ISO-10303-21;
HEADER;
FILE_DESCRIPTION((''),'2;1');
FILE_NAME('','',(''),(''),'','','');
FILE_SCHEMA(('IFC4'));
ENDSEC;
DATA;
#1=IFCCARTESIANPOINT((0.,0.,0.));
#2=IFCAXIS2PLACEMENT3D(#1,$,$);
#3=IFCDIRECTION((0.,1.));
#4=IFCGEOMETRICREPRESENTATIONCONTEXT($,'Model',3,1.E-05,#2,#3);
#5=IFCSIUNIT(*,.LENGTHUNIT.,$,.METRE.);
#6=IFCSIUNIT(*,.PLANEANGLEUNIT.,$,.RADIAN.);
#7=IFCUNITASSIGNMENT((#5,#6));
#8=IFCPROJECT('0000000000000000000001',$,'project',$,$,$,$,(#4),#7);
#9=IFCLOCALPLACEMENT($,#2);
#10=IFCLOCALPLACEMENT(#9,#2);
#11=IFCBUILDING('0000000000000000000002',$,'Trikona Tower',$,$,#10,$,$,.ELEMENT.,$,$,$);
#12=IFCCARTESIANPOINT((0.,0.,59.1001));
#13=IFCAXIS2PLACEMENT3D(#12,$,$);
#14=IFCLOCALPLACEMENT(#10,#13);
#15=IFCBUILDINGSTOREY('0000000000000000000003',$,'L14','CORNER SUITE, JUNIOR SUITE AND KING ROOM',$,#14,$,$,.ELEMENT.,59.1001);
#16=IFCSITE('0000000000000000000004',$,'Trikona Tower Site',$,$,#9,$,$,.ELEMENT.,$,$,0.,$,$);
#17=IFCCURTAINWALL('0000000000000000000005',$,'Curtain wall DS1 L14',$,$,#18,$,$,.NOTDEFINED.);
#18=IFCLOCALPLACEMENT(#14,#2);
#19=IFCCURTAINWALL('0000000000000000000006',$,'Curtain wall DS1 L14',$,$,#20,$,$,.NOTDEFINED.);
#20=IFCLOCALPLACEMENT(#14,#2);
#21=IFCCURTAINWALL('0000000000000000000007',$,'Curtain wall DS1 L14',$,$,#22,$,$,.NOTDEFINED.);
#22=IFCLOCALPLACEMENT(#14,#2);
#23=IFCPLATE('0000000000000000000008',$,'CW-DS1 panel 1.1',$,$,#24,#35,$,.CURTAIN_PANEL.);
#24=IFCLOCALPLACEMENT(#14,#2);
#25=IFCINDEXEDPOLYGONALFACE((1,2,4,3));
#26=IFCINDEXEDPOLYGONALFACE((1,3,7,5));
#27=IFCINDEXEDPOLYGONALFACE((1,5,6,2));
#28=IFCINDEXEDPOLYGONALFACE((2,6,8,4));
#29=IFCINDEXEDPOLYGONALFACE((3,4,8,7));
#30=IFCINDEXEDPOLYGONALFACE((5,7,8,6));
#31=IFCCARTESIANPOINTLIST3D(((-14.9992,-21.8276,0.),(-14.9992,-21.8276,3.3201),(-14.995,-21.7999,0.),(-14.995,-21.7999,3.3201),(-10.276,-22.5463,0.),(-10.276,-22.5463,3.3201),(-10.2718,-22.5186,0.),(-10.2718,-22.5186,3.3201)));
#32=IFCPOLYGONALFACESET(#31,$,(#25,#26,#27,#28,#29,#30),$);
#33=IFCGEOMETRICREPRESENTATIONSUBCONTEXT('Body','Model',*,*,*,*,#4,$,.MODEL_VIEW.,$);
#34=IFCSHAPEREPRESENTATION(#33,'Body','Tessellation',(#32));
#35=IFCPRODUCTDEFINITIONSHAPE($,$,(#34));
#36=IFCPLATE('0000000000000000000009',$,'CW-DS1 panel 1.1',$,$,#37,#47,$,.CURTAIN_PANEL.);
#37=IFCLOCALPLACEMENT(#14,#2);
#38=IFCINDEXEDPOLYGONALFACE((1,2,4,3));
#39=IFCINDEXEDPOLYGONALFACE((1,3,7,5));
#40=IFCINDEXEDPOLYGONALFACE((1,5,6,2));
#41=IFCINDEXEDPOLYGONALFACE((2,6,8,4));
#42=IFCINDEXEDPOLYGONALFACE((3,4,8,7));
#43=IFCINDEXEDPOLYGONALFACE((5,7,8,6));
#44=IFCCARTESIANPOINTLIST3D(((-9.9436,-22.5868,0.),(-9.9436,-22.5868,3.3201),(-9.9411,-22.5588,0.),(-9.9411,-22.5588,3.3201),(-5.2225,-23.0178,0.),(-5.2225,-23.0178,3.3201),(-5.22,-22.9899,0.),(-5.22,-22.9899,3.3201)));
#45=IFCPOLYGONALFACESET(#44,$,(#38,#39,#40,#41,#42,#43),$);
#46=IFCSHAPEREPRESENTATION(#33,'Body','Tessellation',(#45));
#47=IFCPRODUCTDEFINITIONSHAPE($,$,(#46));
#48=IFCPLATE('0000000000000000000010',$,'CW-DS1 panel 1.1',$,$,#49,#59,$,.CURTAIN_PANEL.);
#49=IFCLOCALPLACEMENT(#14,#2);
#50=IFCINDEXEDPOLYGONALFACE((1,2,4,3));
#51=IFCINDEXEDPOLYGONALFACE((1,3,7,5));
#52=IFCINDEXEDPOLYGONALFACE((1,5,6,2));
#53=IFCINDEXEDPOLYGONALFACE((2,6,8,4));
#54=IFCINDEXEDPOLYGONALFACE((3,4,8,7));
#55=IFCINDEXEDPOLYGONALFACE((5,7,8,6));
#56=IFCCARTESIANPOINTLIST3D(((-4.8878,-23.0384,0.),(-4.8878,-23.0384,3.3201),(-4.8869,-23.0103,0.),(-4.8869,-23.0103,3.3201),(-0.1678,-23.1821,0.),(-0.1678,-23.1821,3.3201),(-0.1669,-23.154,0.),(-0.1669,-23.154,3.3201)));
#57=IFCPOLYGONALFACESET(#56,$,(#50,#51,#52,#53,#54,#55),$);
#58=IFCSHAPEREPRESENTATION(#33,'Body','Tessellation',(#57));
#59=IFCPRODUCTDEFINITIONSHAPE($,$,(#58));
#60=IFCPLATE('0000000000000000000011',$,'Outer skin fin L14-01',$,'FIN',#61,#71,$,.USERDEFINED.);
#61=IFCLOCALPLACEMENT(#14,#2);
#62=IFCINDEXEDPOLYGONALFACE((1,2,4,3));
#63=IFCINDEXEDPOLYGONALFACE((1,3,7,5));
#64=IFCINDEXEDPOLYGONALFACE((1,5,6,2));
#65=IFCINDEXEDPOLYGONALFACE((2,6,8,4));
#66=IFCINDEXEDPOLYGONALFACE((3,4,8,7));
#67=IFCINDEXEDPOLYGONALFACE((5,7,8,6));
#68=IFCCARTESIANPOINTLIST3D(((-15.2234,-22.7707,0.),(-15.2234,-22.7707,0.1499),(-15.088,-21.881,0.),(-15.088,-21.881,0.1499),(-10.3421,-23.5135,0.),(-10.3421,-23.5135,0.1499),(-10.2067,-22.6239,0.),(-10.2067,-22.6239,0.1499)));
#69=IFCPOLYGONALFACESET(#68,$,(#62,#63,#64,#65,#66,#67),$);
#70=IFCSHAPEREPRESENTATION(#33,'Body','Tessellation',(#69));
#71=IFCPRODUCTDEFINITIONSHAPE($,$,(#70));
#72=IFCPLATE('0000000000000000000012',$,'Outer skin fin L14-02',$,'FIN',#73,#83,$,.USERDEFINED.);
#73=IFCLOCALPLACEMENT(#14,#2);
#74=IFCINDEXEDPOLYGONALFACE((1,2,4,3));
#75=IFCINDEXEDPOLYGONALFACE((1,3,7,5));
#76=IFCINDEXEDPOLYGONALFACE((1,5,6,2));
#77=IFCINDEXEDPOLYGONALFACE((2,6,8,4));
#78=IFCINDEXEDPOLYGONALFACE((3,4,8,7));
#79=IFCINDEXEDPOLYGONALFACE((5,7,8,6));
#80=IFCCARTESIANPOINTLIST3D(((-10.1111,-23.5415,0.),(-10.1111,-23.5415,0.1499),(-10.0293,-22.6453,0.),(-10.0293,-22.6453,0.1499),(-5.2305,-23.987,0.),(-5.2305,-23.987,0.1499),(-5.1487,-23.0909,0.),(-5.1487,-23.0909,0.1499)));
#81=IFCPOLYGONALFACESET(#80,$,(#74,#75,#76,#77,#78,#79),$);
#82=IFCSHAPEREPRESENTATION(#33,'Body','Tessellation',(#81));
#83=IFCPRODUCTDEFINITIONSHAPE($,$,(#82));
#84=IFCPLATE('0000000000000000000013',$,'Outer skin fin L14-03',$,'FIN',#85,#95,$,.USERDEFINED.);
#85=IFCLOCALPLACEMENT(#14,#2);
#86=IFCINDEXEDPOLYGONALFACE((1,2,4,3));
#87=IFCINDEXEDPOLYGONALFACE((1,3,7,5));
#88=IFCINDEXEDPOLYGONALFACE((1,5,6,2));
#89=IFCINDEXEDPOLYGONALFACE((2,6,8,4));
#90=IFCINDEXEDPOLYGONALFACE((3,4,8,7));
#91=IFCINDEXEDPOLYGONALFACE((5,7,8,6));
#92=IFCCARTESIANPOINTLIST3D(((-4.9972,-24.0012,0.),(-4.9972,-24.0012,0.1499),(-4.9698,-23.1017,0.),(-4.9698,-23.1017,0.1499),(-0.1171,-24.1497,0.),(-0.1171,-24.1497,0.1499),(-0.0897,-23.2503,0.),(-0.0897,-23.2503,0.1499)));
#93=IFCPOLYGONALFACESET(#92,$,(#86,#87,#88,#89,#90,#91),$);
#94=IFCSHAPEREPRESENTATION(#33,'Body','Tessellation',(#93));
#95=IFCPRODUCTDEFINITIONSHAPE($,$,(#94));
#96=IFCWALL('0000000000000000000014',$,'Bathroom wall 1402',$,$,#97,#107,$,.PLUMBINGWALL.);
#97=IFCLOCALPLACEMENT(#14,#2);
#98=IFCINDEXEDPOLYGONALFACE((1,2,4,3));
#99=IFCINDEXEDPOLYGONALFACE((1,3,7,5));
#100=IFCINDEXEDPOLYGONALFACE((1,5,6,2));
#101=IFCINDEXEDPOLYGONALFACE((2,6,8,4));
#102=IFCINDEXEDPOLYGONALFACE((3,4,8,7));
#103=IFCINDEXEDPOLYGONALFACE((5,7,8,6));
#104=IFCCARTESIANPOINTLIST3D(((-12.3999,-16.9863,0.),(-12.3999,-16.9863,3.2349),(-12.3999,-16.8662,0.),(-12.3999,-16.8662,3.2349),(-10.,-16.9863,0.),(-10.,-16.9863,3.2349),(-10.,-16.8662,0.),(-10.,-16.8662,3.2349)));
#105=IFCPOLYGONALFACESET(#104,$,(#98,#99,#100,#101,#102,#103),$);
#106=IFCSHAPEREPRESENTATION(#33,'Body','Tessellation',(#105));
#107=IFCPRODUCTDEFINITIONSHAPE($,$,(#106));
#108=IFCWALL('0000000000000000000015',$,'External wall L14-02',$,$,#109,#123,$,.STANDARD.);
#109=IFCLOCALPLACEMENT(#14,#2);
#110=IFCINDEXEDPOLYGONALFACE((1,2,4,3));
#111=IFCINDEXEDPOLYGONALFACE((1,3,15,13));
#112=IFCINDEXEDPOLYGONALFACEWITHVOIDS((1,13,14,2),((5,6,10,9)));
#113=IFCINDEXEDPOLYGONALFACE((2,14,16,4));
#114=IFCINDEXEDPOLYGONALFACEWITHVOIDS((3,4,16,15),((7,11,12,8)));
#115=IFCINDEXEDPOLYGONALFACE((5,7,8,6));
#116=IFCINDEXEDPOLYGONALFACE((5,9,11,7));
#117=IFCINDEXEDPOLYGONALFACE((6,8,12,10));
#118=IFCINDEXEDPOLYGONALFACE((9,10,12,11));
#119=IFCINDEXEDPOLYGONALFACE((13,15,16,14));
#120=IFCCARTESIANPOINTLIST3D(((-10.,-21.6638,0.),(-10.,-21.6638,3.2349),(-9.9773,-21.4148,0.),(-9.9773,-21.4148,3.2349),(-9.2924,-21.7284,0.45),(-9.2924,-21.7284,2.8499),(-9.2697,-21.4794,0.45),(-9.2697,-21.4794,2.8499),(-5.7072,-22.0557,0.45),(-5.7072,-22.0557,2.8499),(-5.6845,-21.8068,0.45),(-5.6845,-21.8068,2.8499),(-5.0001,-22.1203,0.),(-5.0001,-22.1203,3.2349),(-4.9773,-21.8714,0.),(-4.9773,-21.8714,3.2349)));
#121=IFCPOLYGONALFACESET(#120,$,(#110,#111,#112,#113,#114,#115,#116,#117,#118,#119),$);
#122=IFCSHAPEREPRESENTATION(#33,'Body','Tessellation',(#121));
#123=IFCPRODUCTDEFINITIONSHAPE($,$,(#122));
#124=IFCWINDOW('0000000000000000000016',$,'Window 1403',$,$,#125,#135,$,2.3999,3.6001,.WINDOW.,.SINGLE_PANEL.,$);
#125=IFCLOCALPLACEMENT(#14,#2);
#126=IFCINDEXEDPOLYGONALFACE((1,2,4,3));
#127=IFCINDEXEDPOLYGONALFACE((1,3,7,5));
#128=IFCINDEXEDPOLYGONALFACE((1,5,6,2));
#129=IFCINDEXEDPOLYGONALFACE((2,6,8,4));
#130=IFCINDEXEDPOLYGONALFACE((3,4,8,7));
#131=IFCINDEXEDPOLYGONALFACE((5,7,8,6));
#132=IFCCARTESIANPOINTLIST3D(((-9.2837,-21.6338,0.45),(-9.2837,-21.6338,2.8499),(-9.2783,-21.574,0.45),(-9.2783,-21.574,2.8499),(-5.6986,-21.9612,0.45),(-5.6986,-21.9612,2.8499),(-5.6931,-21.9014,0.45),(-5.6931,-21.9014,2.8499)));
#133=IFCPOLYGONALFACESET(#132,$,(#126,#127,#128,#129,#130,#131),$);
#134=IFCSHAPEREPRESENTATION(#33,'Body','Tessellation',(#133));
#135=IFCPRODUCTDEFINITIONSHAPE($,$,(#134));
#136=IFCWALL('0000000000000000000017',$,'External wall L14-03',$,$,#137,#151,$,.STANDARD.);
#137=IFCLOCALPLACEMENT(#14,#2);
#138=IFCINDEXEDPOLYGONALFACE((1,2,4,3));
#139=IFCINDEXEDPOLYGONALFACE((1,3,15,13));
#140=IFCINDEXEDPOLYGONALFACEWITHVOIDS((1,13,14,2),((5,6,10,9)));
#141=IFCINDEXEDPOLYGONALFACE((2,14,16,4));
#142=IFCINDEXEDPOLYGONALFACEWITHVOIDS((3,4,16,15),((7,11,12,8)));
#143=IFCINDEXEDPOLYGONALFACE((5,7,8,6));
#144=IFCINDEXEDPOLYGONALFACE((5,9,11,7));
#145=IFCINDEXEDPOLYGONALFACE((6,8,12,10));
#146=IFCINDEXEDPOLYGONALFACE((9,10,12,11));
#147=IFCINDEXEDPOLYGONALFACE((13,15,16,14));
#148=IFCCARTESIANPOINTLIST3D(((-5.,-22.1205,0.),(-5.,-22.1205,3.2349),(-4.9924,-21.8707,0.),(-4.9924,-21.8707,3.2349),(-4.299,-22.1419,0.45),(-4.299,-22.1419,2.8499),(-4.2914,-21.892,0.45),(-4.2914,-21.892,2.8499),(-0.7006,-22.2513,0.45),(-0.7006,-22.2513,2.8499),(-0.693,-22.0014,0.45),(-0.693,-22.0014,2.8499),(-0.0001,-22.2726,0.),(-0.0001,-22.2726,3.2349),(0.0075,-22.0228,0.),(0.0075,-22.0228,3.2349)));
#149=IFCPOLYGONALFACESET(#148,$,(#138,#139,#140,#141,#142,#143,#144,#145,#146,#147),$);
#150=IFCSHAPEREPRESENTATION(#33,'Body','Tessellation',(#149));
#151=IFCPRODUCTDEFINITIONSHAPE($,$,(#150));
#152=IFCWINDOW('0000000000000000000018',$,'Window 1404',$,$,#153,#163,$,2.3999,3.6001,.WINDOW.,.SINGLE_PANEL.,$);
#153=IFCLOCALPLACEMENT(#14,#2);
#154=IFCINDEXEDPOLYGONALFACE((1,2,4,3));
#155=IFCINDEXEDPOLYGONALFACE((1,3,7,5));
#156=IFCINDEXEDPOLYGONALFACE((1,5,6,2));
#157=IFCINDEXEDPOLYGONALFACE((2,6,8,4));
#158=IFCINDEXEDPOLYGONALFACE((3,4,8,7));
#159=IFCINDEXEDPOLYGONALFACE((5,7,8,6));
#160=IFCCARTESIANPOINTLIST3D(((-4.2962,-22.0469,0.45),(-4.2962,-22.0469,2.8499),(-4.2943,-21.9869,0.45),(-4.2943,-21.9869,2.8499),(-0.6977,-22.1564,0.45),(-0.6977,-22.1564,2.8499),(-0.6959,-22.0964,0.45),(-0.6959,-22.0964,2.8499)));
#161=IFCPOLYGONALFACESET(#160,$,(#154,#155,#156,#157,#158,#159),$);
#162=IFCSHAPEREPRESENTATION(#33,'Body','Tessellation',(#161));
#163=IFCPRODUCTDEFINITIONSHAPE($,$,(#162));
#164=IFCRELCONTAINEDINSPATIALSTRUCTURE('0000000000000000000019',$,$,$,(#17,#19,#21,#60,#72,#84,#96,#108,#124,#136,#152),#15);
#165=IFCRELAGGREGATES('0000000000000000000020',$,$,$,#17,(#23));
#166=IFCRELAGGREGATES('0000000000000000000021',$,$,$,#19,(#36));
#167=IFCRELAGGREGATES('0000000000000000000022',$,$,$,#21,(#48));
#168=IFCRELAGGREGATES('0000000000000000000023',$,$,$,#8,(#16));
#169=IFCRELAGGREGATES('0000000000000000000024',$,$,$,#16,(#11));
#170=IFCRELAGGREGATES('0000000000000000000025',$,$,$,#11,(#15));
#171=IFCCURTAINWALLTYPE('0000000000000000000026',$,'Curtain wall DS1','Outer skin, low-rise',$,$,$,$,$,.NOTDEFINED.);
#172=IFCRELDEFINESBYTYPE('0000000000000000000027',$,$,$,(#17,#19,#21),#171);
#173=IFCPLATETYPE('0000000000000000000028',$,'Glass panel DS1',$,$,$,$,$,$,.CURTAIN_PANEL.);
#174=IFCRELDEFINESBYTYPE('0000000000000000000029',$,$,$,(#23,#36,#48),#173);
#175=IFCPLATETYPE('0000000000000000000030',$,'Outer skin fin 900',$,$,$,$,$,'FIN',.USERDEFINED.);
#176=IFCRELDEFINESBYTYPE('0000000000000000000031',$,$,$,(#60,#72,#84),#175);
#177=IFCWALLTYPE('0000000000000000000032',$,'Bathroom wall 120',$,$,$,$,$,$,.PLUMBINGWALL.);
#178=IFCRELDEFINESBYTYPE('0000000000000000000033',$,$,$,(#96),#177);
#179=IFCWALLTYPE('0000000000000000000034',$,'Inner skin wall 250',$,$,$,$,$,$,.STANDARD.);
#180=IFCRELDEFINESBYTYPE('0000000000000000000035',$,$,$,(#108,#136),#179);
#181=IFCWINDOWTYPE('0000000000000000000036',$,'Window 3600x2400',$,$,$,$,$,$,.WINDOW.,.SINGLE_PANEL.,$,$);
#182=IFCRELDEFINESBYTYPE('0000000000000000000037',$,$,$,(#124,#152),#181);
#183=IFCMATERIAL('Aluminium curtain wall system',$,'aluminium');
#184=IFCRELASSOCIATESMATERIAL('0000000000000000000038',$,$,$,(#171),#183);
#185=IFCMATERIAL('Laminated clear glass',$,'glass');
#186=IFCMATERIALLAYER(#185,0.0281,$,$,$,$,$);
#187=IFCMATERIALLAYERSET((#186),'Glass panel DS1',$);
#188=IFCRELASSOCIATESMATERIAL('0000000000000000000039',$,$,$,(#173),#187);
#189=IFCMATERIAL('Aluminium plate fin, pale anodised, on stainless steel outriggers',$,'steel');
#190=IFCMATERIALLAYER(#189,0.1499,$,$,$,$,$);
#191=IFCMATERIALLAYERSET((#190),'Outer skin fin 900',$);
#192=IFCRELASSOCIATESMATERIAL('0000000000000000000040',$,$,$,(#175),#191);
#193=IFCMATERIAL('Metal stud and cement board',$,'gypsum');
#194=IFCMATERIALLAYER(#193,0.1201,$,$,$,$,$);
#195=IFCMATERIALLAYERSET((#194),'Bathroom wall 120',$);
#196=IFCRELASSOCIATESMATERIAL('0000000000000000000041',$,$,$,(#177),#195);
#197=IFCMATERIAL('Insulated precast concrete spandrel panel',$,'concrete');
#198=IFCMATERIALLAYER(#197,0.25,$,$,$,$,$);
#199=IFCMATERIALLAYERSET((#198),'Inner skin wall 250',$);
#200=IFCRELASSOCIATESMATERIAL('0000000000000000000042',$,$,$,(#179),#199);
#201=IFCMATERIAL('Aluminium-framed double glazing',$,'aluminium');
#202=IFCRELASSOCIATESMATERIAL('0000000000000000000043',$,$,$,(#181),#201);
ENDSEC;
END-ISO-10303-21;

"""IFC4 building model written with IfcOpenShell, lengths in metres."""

from ifc_helpers import new_model, si_unit, direction, frame, frame_2d, origin, origin_2d, place, context, subcontext, project, spatial, rectangle, extrude, material, layer, layer_set, type_object, element, fill, aggregate, save


model = new_model("IFC4")

# Units and contexts
model_context = context("Model", 3, precision=1e-05, world=origin(), true_north=direction((0.0, 1.0)))
body_context = subcontext(model_context, "Body", "Model", "MODEL_VIEW")
ifc_project = project(units=[si_unit("LENGTHUNIT", "METRE"), si_unit("PLANEANGLEUNIT", "RADIAN")], contexts=[model_context])

# Site, building, storey
site_placement = place(None, origin())
site = spatial("IfcSite", under=ifc_project, at=site_placement, Name="Trikona Tower Site", CompositionType="ELEMENT", RefElevation=0.0)
building_placement = place(site_placement, origin())
building = spatial("IfcBuilding", under=site, at=building_placement, Name="Trikona Tower", CompositionType="ELEMENT")
storey_placement = place(building_placement, frame((0.0, 0.0, 59.1001)))
storey = spatial("IfcBuildingStorey", under=building, at=storey_placement, Name="L14", Description="CORNER SUITE, JUNIOR SUITE AND KING ROOM", CompositionType="ELEMENT", Elevation=59.1001)

# Curtain wall
ifc_material_1 = material(Name="Aluminium curtain wall system", Category="aluminium")
curtain_wall_type = type_object("IfcCurtainWallType", Name="Curtain wall DS1", Description="Outer skin, low-rise", PredefinedType="NOTDEFINED", material=ifc_material_1)
curtain_wall_1_placement = place(storey_placement, origin())
curtain_wall_1 = element("IfcCurtainWall", 1, at=curtain_wall_1_placement, inside=storey, type_object=curtain_wall_type, Name="Curtain wall DS1 L14", PredefinedType="NOTDEFINED")

# Curtain walls
curtain_wall_2_placement = place(storey_placement, origin())
curtain_wall_2 = element("IfcCurtainWall", 2, at=curtain_wall_2_placement, inside=storey, type_object=curtain_wall_type, Name="Curtain wall DS1 L14", PredefinedType="NOTDEFINED")
curtain_wall_3_placement = place(storey_placement, origin())
curtain_wall_3 = element("IfcCurtainWall", 3, at=curtain_wall_3_placement, inside=storey, type_object=curtain_wall_type, Name="Curtain wall DS1 L14", PredefinedType="NOTDEFINED")

# Plates
ifc_material_2 = material(Name="Laminated clear glass", Category="glass")
ifc_layer_1 = layer(ifc_material_2, 0.0281)
ifc_layer_set_1 = layer_set([ifc_layer_1], Name="Glass panel DS1")
plate_type_1 = type_object("IfcPlateType", Name="Glass panel DS1", PredefinedType="CURTAIN_PANEL", material=ifc_layer_set_1)
plate_1_placement = place(storey_placement, frame((-12.6355, -22.1731, 0.0), z_axis=(0.0, 0.0, 1.0), x_axis=(0.988619, -0.150438, 0.0)))
plate_1 = element("IfcPlate", 4, at=plate_1_placement, type_object=plate_type_1, Name="CW-DS1 panel 1.1", PredefinedType="CURTAIN_PANEL", context=body_context, shape_type="SweptSolid", body=[
    extrude(rectangle(XDim=4.7776, YDim=0.0281, at=origin_2d()), origin(), (0.0, 0.0, 1.0), 3.3201),
])
aggregate(curtain_wall_1, [plate_1])
plate_2_placement = place(storey_placement, frame((-7.5818, -22.7883, 0.0), z_axis=(0.0, 0.0, 1.0), x_axis=(0.995858, -0.090924, 0.0)))
plate_2 = element("IfcPlate", 5, at=plate_2_placement, type_object=plate_type_1, Name="CW-DS1 panel 1.1", PredefinedType="CURTAIN_PANEL", context=body_context, shape_type="SweptSolid", body=[
    extrude(rectangle(XDim=4.7407, YDim=0.0281, at=origin_2d()), origin(), (0.0, 0.0, 1.0), 3.3201),
])
aggregate(curtain_wall_2, [plate_2])
plate_3_placement = place(storey_placement, frame((-2.5273, -23.0962, 0.0), z_axis=(0.0, 0.0, 1.0), x_axis=(0.999537, -0.030437, 0.0)))
plate_3 = element("IfcPlate", 6, at=plate_3_placement, type_object=plate_type_1, Name="CW-DS1 panel 1.1", PredefinedType="CURTAIN_PANEL", context=body_context, shape_type="SweptSolid", body=[
    extrude(rectangle(XDim=4.7222, YDim=0.0281, at=origin_2d()), origin(), (0.0, 0.0, 1.0), 3.3201),
])
aggregate(curtain_wall_3, [plate_3])

# Plates
ifc_material_3 = material(Name="Aluminium plate fin, pale anodised, on stainless steel outriggers", Category="steel")
ifc_layer_2 = layer(ifc_material_3, 0.1499)
ifc_layer_set_2 = layer_set([ifc_layer_2], Name="Outer skin fin 900")
plate_type_2 = type_object("IfcPlateType", Name="Outer skin fin 900", ElementType="FIN", PredefinedType="USERDEFINED", material=ifc_layer_set_2)
plate_4_placement = place(storey_placement, frame((-12.7151, -22.6973, 0.0), z_axis=(0.0, 0.0, 1.0), x_axis=(0.988618, -0.150448, 0.0)))
element("IfcPlate", 7, at=plate_4_placement, inside=storey, type_object=plate_type_2, Name="Outer skin fin L14-01", ObjectType="FIN", PredefinedType="USERDEFINED", context=body_context, shape_type="SweptSolid", body=[
    extrude(rectangle(XDim=4.9375, YDim=0.8999, at=origin_2d()), origin(), (0.0, 0.0, 1.0), 0.1499),
])
plate_5_placement = place(storey_placement, frame((-7.6299, -23.3162, 0.0), z_axis=(0.0, 0.0, 1.0), x_axis=(0.995858, -0.090921, 0.0)))
element("IfcPlate", 8, at=plate_5_placement, inside=storey, type_object=plate_type_2, Name="Outer skin fin L14-02", ObjectType="FIN", PredefinedType="USERDEFINED", context=body_context, shape_type="SweptSolid", body=[
    extrude(rectangle(XDim=4.9009, YDim=0.8999, at=origin_2d()), origin(), (0.0, 0.0, 1.0), 0.1499),
])
plate_6_placement = place(storey_placement, frame((-2.5435, -23.6257, 0.0), z_axis=(0.0, 0.0, 1.0), x_axis=(0.999537, -0.030425, 0.0)))
element("IfcPlate", 9, at=plate_6_placement, inside=storey, type_object=plate_type_2, Name="Outer skin fin L14-03", ObjectType="FIN", PredefinedType="USERDEFINED", context=body_context, shape_type="SweptSolid", body=[
    extrude(rectangle(XDim=4.8823, YDim=0.8999, at=origin_2d()), origin(), (0.0, 0.0, 1.0), 0.1499),
])

# Wall
ifc_material_4 = material(Name="Metal stud and cement board", Category="gypsum")
ifc_layer_3 = layer(ifc_material_4, 0.1201)
ifc_layer_set_3 = layer_set([ifc_layer_3], Name="Bathroom wall 120")
wall_type_1 = type_object("IfcWallType", Name="Bathroom wall 120", PredefinedType="PLUMBINGWALL", material=ifc_layer_set_3)
wall_1_placement = place(storey_placement, frame((-12.3999, -16.9263, 0.0), z_axis=(0.0, 0.0, 1.0), x_axis=(1.0, 0.0, 0.0)))
element("IfcWall", 10, at=wall_1_placement, inside=storey, type_object=wall_type_1, Name="Bathroom wall 1402", PredefinedType="PLUMBINGWALL", context=body_context, shape_type="SweptSolid", body=[
    extrude(rectangle(XDim=2.3999, YDim=0.1201, at=frame_2d((1.2, 0.0))), origin(), (0.0, 0.0, 1.0), 3.2349),
])

# Walls, openings, windows
ifc_material_5 = material(Name="Insulated precast concrete spandrel panel", Category="concrete")
ifc_layer_4 = layer(ifc_material_5, 0.25)
ifc_layer_set_4 = layer_set([ifc_layer_4], Name="Inner skin wall 250")
wall_type_2 = type_object("IfcWallType", Name="Inner skin wall 250", PredefinedType="STANDARD", material=ifc_layer_set_4)
wall_2_placement = place(storey_placement, frame((-9.9885, -21.5393, 0.0), z_axis=(0.0, 0.0, 1.0), x_axis=(0.995857, -0.09093, 0.0)))
wall_2 = element("IfcWall", 11, at=wall_2_placement, inside=storey, type_object=wall_type_2, Name="External wall L14-02", PredefinedType="STANDARD", context=body_context, shape_type="SweptSolid", body=[
    extrude(rectangle(XDim=5.0208, YDim=0.25, at=frame_2d((2.5103, 0.0))), origin(), (0.0, 0.0, 1.0), 3.2349),
])
opening_1_placement = place(wall_2_placement, frame((0.7104, 0.0, 0.45)))
opening_1 = element("IfcOpeningElement", 12, at=opening_1_placement, cuts=wall_2, PredefinedType="OPENING", context=body_context, shape_type="SweptSolid", body=[
    extrude(rectangle(XDim=3.6001, YDim=2.3999, at=frame_2d((1.8, 1.2))), frame((0.0, 0.135, 0.0), z_axis=(0.0, -1.0, 0.0), x_axis=(1.0, 0.0, 0.0)), (0.0, 0.0, 1.0), 0.27),
])
ifc_material_6 = material(Name="Aluminium-framed double glazing", Category="aluminium")
window_type = type_object("IfcWindowType", Name="Window 3600x2400", PartitioningType="SINGLE_PANEL", PredefinedType="WINDOW", material=ifc_material_6)
window_1_placement = place(opening_1_placement, origin())
window_1 = element("IfcWindow", 13, at=window_1_placement, inside=storey, type_object=window_type, Name="Window 1403", OverallHeight=2.3999, OverallWidth=3.6001, PartitioningType="SINGLE_PANEL", PredefinedType="WINDOW", context=body_context, shape_type="SweptSolid", body=[
    extrude(rectangle(XDim=3.6001, YDim=2.3999, at=frame_2d((1.8, 1.2))), frame((0.0, 0.03, 0.0), z_axis=(0.0, -1.0, 0.0), x_axis=(1.0, 0.0, 0.0)), (0.0, 0.0, 1.0), 0.0601),
])
fill(opening_1, window_1)
wall_3_placement = place(storey_placement, frame((-4.9961, -21.9956, 0.0), z_axis=(0.0, 0.0, 1.0), x_axis=(0.999538, -0.030406, 0.0)))
wall_3 = element("IfcWall", 14, at=wall_3_placement, inside=storey, type_object=wall_type_2, Name="External wall L14-03", PredefinedType="STANDARD", context=body_context, shape_type="SweptSolid", body=[
    extrude(rectangle(XDim=5.0022, YDim=0.25, at=frame_2d((2.501, 0.0))), origin(), (0.0, 0.0, 1.0), 3.2349),
])
opening_2_placement = place(wall_3_placement, frame((0.7012, 0.0, 0.45)))
opening_2 = element("IfcOpeningElement", 15, at=opening_2_placement, cuts=wall_3, PredefinedType="OPENING", context=body_context, shape_type="SweptSolid", body=[
    extrude(rectangle(XDim=3.6001, YDim=2.3999, at=frame_2d((1.8, 1.2))), frame((0.0, 0.135, 0.0), z_axis=(0.0, -1.0, 0.0), x_axis=(1.0, 0.0, 0.0)), (0.0, 0.0, 1.0), 0.27),
])
window_2_placement = place(opening_2_placement, origin())
window_2 = element("IfcWindow", 16, at=window_2_placement, inside=storey, type_object=window_type, Name="Window 1404", OverallHeight=2.3999, OverallWidth=3.6001, PartitioningType="SINGLE_PANEL", PredefinedType="WINDOW", context=body_context, shape_type="SweptSolid", body=[
    extrude(rectangle(XDim=3.6001, YDim=2.3999, at=frame_2d((1.8, 1.2))), frame((0.0, 0.03, 0.0), z_axis=(0.0, -1.0, 0.0), x_axis=(1.0, 0.0, 0.0)), (0.0, 0.0, 1.0), 0.0601),
])
fill(opening_2, window_2)

save(model, "model.ifc")
